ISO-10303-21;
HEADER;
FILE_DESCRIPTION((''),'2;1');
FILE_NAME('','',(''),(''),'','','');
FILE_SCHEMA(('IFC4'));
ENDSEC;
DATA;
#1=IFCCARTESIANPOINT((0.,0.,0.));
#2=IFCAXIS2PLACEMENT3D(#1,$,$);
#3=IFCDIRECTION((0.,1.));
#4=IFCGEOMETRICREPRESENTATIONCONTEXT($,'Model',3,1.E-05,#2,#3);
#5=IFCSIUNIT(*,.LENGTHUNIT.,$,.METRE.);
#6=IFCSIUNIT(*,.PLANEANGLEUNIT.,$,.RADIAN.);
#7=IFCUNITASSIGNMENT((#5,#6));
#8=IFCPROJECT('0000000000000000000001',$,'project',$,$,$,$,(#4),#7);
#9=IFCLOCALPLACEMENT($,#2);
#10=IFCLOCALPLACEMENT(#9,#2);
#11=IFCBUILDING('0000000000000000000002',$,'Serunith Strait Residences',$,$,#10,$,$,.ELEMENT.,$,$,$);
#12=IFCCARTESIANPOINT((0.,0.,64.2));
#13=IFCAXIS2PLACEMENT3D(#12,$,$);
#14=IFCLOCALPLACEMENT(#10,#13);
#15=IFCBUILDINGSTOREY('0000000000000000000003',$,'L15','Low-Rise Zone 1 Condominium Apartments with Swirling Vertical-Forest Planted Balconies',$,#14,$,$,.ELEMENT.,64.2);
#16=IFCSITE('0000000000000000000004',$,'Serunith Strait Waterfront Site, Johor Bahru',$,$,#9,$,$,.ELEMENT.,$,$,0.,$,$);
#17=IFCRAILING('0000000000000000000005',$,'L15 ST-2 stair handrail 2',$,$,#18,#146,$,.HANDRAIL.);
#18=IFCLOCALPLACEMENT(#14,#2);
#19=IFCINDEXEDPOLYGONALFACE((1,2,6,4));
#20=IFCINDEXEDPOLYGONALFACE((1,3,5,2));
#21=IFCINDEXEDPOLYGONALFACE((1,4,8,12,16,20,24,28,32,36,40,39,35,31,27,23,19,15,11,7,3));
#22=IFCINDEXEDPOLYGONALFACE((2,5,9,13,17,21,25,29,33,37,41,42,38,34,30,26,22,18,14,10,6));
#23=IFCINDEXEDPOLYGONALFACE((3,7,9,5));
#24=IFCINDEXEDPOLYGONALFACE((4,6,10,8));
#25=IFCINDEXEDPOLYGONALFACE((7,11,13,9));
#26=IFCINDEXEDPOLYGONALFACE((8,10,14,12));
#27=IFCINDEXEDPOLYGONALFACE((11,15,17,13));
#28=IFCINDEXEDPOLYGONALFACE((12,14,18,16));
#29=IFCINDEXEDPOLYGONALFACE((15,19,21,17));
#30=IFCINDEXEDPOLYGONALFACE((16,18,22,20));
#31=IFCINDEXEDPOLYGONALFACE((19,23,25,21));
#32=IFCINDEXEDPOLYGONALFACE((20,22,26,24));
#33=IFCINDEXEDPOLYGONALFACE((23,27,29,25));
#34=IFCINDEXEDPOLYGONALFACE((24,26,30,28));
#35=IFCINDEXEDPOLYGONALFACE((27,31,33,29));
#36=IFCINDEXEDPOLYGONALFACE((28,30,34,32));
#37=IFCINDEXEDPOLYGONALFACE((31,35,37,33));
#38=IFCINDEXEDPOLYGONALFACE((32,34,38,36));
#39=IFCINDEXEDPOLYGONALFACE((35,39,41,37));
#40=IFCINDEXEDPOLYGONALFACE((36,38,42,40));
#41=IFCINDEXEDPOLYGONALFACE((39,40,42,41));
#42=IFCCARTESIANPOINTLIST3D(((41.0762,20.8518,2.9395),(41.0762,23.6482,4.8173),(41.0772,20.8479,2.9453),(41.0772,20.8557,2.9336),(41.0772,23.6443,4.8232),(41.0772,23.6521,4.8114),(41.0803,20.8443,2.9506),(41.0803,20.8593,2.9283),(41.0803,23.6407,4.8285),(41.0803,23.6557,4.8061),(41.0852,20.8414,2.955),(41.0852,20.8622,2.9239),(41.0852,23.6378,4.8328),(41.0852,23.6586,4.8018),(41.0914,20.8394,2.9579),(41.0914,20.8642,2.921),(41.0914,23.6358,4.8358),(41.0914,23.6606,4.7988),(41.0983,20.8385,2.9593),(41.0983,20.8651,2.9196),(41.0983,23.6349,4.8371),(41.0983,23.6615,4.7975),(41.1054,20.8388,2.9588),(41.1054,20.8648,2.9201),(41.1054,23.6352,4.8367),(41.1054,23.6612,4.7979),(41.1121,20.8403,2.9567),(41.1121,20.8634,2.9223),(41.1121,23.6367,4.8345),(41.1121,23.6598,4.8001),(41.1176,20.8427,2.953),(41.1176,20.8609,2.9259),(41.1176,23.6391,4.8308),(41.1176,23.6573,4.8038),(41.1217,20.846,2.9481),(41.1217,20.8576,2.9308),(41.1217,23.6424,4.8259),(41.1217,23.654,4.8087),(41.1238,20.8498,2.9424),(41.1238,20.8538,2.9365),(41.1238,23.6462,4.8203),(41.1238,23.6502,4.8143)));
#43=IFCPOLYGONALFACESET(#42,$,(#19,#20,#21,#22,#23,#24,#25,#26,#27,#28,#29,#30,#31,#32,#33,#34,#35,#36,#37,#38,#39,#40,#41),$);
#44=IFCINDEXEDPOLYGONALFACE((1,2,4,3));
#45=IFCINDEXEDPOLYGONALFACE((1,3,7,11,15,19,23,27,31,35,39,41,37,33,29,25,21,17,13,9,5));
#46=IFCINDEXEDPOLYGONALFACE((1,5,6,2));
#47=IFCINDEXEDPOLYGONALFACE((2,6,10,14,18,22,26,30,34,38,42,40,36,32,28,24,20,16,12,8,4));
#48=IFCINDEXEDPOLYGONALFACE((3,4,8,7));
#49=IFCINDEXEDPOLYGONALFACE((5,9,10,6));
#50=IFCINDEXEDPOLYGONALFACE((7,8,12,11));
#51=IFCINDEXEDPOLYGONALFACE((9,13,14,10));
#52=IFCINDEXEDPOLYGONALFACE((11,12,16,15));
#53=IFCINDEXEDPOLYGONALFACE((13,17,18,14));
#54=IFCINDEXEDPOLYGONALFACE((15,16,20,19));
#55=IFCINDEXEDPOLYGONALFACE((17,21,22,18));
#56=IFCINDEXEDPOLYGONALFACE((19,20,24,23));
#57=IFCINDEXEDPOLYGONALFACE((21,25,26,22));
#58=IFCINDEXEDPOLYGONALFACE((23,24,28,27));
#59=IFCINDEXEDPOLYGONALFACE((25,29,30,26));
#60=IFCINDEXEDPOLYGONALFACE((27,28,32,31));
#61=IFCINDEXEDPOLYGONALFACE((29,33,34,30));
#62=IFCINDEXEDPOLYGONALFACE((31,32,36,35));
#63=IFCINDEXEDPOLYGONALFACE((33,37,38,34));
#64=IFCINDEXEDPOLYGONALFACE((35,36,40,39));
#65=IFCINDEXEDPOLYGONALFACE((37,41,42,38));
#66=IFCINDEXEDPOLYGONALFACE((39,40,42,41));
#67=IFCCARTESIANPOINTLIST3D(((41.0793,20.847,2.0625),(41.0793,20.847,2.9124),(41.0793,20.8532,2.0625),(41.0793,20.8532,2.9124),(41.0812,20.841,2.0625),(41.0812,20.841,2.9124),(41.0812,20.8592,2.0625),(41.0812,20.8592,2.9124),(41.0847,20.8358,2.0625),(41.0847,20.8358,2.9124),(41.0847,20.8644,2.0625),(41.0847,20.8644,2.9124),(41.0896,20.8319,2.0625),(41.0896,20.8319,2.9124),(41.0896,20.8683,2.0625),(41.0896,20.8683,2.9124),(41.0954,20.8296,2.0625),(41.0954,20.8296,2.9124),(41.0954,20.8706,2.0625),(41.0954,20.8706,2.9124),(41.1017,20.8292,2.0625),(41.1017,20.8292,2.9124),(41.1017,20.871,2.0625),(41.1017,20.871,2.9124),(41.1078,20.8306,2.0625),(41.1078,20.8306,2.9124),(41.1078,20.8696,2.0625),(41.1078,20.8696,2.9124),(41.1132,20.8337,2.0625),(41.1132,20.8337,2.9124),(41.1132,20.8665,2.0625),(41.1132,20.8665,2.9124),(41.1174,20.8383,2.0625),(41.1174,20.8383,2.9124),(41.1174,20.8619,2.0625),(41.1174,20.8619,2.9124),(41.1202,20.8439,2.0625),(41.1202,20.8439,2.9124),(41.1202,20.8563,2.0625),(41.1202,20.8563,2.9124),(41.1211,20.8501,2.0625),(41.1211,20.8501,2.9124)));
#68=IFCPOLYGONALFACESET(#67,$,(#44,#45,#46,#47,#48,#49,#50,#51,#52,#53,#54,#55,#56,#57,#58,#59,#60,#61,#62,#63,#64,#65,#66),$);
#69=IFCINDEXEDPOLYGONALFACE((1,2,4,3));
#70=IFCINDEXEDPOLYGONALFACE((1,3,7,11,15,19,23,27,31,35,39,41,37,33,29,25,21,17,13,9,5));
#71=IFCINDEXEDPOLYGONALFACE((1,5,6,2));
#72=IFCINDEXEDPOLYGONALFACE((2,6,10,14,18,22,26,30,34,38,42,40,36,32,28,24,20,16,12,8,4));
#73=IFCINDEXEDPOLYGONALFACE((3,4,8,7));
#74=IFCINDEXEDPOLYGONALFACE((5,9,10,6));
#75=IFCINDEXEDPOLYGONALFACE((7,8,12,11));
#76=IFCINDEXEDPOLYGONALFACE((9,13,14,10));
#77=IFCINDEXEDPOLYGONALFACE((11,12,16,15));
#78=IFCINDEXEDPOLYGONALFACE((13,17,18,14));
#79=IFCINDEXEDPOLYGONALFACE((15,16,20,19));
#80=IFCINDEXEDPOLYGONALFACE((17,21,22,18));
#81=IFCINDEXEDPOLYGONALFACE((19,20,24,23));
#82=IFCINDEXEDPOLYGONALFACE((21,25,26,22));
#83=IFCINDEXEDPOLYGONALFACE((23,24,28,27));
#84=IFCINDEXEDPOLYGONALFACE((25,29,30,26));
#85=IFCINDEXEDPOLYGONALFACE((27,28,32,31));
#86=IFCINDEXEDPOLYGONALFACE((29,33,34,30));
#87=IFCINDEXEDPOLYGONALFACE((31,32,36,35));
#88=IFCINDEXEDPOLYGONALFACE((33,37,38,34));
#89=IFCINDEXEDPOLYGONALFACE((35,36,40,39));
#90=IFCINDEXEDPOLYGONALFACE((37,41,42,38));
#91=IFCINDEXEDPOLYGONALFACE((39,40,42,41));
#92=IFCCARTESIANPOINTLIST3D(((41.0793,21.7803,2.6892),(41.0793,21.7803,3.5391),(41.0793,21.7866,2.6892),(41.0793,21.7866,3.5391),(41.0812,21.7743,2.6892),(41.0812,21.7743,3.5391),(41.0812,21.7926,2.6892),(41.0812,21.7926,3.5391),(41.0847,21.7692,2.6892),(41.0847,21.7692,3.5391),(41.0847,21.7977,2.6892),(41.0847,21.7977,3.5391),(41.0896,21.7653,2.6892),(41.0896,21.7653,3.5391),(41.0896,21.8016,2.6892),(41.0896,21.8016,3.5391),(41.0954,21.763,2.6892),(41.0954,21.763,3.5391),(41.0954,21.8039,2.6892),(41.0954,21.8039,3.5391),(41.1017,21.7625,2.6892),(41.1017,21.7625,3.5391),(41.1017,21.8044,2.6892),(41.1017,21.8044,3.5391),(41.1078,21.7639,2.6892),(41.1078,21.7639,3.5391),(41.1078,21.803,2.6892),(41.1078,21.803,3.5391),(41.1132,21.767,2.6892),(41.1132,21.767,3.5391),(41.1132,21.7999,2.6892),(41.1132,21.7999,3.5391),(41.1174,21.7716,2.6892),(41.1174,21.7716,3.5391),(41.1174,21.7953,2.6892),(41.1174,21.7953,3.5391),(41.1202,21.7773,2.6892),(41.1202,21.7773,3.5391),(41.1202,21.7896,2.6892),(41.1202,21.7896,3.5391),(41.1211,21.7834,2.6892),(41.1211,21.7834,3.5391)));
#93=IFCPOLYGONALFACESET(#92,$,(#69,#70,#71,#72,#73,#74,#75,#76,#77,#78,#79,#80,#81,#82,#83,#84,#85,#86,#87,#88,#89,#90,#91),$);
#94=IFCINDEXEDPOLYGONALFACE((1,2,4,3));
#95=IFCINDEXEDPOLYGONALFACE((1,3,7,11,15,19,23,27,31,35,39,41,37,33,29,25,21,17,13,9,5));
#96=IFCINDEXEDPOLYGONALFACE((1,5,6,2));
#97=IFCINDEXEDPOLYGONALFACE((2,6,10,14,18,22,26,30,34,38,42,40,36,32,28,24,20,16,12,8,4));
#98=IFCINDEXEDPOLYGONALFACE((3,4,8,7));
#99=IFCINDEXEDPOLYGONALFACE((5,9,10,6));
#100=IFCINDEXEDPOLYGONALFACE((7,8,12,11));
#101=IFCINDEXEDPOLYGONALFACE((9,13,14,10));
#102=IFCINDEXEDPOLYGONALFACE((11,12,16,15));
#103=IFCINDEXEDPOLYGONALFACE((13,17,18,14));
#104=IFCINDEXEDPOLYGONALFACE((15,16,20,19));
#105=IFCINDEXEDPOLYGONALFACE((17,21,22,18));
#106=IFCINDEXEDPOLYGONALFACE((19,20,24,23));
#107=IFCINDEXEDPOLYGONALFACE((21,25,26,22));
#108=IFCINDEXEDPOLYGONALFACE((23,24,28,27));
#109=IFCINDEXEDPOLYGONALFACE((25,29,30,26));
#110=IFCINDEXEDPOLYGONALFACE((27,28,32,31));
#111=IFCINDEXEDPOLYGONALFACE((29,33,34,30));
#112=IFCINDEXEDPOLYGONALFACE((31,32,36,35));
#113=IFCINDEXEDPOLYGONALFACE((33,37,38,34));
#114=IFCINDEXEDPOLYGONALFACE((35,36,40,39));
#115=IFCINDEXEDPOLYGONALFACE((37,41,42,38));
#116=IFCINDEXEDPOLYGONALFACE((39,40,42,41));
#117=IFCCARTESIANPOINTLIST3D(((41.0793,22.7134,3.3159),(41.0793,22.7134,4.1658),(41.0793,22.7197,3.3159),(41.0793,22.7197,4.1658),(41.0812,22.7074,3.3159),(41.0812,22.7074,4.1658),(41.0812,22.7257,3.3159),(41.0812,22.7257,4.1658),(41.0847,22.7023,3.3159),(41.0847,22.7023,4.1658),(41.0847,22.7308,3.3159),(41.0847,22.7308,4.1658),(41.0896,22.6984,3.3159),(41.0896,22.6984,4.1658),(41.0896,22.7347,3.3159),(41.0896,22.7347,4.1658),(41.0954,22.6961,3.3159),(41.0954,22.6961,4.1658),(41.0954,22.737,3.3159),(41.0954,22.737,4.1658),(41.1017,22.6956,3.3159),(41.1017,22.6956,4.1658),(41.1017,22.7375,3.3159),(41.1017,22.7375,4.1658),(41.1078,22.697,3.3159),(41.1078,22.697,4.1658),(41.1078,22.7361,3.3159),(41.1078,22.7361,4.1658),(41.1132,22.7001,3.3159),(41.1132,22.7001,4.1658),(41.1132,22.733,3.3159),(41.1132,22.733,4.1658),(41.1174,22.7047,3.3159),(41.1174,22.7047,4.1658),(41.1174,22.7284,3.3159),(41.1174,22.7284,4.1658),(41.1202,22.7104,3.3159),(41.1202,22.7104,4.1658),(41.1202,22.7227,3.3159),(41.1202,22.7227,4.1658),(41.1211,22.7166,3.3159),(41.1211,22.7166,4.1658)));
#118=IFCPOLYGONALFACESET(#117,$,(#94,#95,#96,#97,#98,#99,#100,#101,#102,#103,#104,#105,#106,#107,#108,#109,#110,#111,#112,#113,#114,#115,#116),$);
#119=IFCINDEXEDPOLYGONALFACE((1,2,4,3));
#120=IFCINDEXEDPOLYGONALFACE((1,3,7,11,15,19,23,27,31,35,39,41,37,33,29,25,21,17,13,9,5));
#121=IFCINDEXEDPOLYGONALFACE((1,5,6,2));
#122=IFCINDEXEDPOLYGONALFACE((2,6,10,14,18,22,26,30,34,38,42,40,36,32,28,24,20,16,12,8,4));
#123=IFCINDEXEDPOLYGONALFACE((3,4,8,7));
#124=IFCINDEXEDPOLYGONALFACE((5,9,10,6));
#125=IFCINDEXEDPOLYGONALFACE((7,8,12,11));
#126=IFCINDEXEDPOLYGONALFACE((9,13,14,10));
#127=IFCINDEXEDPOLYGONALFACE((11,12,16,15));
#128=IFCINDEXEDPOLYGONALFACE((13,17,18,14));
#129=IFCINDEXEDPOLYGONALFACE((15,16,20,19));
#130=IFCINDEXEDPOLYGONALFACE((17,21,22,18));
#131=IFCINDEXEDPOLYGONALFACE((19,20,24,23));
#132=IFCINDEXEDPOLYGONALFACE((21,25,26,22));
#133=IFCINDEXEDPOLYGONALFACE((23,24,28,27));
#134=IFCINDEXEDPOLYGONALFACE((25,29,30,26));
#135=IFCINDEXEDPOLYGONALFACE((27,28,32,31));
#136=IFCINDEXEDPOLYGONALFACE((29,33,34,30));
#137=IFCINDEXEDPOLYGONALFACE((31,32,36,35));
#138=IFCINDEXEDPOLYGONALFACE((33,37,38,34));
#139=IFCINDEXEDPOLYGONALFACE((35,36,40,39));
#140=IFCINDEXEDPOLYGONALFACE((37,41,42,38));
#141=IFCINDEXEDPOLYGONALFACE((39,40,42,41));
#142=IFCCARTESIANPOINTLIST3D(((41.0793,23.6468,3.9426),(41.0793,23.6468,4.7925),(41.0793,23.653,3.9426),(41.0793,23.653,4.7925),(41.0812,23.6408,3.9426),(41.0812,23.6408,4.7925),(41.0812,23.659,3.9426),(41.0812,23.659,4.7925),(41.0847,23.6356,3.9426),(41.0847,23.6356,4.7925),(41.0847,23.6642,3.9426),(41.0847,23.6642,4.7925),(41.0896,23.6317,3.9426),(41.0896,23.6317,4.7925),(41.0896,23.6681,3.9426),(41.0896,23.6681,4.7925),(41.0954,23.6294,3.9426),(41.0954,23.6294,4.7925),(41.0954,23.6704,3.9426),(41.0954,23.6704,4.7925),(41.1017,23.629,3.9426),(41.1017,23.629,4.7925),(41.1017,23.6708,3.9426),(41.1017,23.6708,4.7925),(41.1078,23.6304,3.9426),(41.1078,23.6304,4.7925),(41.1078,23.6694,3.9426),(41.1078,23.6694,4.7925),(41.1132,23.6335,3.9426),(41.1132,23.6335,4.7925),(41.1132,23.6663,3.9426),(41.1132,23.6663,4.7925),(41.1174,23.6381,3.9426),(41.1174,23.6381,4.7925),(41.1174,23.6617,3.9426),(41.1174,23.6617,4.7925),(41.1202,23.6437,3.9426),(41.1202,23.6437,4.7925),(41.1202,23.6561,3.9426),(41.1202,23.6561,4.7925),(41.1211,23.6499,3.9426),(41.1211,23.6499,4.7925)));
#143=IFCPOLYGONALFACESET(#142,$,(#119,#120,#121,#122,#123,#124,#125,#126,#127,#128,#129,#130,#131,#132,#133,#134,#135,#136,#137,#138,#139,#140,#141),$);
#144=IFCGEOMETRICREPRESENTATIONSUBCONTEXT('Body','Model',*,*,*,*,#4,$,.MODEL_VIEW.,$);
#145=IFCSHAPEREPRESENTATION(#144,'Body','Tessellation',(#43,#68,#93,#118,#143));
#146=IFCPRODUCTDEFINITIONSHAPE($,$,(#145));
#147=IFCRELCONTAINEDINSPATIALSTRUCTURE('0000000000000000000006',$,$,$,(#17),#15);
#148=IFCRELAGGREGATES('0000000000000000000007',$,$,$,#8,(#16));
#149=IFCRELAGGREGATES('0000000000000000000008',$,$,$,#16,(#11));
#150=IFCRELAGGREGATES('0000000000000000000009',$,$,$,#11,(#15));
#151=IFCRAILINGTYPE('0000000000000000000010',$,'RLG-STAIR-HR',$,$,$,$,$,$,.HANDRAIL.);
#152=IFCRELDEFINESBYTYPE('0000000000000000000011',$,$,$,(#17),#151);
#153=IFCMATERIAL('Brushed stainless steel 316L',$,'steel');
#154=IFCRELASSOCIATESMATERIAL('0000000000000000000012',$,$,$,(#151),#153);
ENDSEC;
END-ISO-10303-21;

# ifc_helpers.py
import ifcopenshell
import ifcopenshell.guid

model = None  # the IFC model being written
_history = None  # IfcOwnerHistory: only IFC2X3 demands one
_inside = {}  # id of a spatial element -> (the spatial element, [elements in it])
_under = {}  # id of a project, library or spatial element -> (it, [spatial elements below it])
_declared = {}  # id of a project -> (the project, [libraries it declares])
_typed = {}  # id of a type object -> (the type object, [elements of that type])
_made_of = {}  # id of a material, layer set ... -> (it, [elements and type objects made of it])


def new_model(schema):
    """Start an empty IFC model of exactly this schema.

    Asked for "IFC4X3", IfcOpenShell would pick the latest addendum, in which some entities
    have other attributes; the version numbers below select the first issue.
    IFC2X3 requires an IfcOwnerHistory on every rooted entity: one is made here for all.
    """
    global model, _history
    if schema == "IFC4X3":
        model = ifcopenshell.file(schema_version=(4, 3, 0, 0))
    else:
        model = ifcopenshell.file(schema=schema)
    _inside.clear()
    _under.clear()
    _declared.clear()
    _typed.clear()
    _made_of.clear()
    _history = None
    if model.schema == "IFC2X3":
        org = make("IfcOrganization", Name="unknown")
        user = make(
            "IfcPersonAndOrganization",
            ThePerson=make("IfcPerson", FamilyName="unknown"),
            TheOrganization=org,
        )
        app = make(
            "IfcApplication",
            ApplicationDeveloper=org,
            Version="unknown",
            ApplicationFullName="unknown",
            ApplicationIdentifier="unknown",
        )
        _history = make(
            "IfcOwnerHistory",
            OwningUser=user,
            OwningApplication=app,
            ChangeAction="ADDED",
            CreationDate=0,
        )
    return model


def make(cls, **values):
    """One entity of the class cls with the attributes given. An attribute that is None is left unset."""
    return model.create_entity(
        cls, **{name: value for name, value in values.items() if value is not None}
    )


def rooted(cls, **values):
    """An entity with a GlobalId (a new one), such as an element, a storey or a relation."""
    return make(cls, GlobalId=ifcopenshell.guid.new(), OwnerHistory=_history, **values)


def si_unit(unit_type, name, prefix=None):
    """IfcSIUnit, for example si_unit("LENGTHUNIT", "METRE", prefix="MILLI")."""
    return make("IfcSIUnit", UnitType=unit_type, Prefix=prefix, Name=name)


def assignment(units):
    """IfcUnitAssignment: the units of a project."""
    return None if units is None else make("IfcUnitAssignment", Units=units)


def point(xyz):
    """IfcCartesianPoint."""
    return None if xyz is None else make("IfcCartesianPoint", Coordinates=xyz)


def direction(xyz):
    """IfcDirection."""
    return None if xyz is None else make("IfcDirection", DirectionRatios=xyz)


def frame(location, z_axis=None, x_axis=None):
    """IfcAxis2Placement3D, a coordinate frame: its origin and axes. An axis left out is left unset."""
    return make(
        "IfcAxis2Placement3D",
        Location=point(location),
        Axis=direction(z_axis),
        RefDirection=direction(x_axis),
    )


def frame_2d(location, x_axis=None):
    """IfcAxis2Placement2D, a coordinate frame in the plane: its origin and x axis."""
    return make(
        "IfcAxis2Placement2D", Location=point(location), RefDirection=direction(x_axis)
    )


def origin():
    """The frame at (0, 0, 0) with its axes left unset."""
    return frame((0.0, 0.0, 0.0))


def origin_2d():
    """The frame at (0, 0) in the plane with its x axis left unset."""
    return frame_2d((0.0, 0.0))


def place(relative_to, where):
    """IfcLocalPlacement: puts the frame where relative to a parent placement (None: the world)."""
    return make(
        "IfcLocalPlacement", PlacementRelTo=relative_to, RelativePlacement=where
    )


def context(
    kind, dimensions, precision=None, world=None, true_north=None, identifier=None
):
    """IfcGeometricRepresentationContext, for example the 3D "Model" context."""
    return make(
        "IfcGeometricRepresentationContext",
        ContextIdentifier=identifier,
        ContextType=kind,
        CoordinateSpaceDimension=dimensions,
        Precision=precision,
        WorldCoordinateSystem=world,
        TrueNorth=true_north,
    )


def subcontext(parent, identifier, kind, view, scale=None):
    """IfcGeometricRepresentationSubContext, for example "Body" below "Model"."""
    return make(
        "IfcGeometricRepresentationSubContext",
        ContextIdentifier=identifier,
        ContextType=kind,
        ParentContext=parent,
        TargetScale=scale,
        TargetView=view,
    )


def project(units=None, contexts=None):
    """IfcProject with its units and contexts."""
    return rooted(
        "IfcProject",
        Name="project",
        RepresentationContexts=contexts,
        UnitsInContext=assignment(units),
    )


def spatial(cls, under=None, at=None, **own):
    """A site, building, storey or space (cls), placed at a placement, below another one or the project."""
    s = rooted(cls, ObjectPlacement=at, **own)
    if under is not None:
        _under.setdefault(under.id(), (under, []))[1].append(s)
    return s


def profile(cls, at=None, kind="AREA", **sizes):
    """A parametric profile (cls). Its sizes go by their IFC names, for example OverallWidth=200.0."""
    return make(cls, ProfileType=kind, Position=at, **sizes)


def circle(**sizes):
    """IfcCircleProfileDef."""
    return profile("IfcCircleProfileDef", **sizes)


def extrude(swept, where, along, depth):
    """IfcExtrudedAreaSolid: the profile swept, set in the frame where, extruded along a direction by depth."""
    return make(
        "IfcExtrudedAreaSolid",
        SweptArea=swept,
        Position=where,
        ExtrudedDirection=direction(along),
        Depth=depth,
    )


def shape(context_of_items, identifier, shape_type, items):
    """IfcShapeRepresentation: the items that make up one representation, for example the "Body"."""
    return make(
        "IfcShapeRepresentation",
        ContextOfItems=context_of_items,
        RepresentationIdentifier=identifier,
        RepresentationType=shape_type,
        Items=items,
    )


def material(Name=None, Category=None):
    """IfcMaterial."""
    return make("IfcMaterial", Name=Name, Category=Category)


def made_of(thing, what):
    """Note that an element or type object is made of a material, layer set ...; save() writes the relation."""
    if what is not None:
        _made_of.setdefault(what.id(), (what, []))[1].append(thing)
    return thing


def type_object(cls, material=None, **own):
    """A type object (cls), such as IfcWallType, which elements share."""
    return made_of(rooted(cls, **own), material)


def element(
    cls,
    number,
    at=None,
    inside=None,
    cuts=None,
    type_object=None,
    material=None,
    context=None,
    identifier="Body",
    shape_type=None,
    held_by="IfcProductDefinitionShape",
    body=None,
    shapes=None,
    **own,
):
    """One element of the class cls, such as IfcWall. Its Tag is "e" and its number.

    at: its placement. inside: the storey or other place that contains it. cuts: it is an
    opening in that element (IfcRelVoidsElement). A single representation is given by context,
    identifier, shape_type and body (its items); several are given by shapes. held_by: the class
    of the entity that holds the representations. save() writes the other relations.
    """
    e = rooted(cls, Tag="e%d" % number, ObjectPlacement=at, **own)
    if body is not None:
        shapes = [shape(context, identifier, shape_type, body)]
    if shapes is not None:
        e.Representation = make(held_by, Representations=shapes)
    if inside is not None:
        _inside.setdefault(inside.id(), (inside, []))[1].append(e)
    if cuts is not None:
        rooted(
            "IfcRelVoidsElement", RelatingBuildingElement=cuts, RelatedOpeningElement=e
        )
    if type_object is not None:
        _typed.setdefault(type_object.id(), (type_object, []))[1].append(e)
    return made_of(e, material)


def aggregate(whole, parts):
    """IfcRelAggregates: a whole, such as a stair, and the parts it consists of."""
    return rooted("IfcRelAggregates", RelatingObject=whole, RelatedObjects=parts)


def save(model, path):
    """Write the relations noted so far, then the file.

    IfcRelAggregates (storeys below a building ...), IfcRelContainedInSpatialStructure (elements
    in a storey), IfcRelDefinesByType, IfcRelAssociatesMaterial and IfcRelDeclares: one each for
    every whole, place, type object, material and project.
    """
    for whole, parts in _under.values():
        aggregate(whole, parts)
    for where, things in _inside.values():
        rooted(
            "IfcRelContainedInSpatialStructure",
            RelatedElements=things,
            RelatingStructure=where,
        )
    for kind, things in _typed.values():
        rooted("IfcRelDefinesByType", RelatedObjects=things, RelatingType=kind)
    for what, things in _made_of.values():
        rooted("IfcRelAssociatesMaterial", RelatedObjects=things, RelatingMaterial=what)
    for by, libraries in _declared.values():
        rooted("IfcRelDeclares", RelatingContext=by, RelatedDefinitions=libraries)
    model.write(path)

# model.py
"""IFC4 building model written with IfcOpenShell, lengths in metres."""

from ifc_helpers import new_model, si_unit, direction, frame, origin, origin_2d, place, context, subcontext, project, spatial, circle, extrude, material, type_object, element, save


model = new_model("IFC4")

# Units and contexts
model_context = context("Model", 3, precision=1e-05, world=origin(), true_north=direction((0.0, 1.0)))
body_context = subcontext(model_context, "Body", "Model", "MODEL_VIEW")
ifc_project = project(units=[si_unit("LENGTHUNIT", "METRE"), si_unit("PLANEANGLEUNIT", "RADIAN")], contexts=[model_context])

# Site, building, storey
site_placement = place(None, origin())
site = spatial("IfcSite", under=ifc_project, at=site_placement, Name="Serunith Strait Waterfront Site, Johor Bahru", CompositionType="ELEMENT", RefElevation=0.0)
building_placement = place(site_placement, origin())
building = spatial("IfcBuilding", under=site, at=building_placement, Name="Serunith Strait Residences", CompositionType="ELEMENT")
storey_placement = place(building_placement, frame((0.0, 0.0, 64.2)))
storey = spatial("IfcBuildingStorey", under=building, at=storey_placement, Name="L15", Description="Low-Rise Zone 1 Condominium Apartments with Swirling Vertical-Forest Planted Balconies", CompositionType="ELEMENT", Elevation=64.2)

# Railing
ifc_material_1 = material(Name="Brushed stainless steel 316L", Category="steel")
railing_type_1 = type_object("IfcRailingType", Name="RLG-STAIR-HR", PredefinedType="HANDRAIL", material=ifc_material_1)
railing_1_placement = place(storey_placement, frame((41.1001, 20.8501, 2.0625)))
element("IfcRailing", 1, at=railing_1_placement, inside=storey, type_object=railing_type_1, Name="L15 ST-2 stair handrail 2", PredefinedType="HANDRAIL", context=body_context, shape_type="SweptSolid", body=[
    extrude(circle(Radius=0.0239, at=origin_2d()), frame((0.0, 0.0017, 0.877), z_axis=(0.0, 0.830186, 0.557487), x_axis=(-1.0, 0.0, 0.0)), (0.0, 0.0, 1.0), 3.3684),
    extrude(circle(Radius=0.021, at=origin_2d()), origin(), (0.0, 0.0, 1.0), 0.8499),
    extrude(circle(Radius=0.021, at=origin_2d()), frame((0.0, 0.9333, 0.6267)), (0.0, 0.0, 1.0), 0.8499),
    extrude(circle(Radius=0.021, at=origin_2d()), frame((0.0, 1.8665, 1.2534)), (0.0, 0.0, 1.0), 0.8499),
    extrude(circle(Radius=0.021, at=origin_2d()), frame((0.0, 2.7998, 1.8801)), (0.0, 0.0, 1.0), 0.8499),
])

save(model, "model.ifc")
